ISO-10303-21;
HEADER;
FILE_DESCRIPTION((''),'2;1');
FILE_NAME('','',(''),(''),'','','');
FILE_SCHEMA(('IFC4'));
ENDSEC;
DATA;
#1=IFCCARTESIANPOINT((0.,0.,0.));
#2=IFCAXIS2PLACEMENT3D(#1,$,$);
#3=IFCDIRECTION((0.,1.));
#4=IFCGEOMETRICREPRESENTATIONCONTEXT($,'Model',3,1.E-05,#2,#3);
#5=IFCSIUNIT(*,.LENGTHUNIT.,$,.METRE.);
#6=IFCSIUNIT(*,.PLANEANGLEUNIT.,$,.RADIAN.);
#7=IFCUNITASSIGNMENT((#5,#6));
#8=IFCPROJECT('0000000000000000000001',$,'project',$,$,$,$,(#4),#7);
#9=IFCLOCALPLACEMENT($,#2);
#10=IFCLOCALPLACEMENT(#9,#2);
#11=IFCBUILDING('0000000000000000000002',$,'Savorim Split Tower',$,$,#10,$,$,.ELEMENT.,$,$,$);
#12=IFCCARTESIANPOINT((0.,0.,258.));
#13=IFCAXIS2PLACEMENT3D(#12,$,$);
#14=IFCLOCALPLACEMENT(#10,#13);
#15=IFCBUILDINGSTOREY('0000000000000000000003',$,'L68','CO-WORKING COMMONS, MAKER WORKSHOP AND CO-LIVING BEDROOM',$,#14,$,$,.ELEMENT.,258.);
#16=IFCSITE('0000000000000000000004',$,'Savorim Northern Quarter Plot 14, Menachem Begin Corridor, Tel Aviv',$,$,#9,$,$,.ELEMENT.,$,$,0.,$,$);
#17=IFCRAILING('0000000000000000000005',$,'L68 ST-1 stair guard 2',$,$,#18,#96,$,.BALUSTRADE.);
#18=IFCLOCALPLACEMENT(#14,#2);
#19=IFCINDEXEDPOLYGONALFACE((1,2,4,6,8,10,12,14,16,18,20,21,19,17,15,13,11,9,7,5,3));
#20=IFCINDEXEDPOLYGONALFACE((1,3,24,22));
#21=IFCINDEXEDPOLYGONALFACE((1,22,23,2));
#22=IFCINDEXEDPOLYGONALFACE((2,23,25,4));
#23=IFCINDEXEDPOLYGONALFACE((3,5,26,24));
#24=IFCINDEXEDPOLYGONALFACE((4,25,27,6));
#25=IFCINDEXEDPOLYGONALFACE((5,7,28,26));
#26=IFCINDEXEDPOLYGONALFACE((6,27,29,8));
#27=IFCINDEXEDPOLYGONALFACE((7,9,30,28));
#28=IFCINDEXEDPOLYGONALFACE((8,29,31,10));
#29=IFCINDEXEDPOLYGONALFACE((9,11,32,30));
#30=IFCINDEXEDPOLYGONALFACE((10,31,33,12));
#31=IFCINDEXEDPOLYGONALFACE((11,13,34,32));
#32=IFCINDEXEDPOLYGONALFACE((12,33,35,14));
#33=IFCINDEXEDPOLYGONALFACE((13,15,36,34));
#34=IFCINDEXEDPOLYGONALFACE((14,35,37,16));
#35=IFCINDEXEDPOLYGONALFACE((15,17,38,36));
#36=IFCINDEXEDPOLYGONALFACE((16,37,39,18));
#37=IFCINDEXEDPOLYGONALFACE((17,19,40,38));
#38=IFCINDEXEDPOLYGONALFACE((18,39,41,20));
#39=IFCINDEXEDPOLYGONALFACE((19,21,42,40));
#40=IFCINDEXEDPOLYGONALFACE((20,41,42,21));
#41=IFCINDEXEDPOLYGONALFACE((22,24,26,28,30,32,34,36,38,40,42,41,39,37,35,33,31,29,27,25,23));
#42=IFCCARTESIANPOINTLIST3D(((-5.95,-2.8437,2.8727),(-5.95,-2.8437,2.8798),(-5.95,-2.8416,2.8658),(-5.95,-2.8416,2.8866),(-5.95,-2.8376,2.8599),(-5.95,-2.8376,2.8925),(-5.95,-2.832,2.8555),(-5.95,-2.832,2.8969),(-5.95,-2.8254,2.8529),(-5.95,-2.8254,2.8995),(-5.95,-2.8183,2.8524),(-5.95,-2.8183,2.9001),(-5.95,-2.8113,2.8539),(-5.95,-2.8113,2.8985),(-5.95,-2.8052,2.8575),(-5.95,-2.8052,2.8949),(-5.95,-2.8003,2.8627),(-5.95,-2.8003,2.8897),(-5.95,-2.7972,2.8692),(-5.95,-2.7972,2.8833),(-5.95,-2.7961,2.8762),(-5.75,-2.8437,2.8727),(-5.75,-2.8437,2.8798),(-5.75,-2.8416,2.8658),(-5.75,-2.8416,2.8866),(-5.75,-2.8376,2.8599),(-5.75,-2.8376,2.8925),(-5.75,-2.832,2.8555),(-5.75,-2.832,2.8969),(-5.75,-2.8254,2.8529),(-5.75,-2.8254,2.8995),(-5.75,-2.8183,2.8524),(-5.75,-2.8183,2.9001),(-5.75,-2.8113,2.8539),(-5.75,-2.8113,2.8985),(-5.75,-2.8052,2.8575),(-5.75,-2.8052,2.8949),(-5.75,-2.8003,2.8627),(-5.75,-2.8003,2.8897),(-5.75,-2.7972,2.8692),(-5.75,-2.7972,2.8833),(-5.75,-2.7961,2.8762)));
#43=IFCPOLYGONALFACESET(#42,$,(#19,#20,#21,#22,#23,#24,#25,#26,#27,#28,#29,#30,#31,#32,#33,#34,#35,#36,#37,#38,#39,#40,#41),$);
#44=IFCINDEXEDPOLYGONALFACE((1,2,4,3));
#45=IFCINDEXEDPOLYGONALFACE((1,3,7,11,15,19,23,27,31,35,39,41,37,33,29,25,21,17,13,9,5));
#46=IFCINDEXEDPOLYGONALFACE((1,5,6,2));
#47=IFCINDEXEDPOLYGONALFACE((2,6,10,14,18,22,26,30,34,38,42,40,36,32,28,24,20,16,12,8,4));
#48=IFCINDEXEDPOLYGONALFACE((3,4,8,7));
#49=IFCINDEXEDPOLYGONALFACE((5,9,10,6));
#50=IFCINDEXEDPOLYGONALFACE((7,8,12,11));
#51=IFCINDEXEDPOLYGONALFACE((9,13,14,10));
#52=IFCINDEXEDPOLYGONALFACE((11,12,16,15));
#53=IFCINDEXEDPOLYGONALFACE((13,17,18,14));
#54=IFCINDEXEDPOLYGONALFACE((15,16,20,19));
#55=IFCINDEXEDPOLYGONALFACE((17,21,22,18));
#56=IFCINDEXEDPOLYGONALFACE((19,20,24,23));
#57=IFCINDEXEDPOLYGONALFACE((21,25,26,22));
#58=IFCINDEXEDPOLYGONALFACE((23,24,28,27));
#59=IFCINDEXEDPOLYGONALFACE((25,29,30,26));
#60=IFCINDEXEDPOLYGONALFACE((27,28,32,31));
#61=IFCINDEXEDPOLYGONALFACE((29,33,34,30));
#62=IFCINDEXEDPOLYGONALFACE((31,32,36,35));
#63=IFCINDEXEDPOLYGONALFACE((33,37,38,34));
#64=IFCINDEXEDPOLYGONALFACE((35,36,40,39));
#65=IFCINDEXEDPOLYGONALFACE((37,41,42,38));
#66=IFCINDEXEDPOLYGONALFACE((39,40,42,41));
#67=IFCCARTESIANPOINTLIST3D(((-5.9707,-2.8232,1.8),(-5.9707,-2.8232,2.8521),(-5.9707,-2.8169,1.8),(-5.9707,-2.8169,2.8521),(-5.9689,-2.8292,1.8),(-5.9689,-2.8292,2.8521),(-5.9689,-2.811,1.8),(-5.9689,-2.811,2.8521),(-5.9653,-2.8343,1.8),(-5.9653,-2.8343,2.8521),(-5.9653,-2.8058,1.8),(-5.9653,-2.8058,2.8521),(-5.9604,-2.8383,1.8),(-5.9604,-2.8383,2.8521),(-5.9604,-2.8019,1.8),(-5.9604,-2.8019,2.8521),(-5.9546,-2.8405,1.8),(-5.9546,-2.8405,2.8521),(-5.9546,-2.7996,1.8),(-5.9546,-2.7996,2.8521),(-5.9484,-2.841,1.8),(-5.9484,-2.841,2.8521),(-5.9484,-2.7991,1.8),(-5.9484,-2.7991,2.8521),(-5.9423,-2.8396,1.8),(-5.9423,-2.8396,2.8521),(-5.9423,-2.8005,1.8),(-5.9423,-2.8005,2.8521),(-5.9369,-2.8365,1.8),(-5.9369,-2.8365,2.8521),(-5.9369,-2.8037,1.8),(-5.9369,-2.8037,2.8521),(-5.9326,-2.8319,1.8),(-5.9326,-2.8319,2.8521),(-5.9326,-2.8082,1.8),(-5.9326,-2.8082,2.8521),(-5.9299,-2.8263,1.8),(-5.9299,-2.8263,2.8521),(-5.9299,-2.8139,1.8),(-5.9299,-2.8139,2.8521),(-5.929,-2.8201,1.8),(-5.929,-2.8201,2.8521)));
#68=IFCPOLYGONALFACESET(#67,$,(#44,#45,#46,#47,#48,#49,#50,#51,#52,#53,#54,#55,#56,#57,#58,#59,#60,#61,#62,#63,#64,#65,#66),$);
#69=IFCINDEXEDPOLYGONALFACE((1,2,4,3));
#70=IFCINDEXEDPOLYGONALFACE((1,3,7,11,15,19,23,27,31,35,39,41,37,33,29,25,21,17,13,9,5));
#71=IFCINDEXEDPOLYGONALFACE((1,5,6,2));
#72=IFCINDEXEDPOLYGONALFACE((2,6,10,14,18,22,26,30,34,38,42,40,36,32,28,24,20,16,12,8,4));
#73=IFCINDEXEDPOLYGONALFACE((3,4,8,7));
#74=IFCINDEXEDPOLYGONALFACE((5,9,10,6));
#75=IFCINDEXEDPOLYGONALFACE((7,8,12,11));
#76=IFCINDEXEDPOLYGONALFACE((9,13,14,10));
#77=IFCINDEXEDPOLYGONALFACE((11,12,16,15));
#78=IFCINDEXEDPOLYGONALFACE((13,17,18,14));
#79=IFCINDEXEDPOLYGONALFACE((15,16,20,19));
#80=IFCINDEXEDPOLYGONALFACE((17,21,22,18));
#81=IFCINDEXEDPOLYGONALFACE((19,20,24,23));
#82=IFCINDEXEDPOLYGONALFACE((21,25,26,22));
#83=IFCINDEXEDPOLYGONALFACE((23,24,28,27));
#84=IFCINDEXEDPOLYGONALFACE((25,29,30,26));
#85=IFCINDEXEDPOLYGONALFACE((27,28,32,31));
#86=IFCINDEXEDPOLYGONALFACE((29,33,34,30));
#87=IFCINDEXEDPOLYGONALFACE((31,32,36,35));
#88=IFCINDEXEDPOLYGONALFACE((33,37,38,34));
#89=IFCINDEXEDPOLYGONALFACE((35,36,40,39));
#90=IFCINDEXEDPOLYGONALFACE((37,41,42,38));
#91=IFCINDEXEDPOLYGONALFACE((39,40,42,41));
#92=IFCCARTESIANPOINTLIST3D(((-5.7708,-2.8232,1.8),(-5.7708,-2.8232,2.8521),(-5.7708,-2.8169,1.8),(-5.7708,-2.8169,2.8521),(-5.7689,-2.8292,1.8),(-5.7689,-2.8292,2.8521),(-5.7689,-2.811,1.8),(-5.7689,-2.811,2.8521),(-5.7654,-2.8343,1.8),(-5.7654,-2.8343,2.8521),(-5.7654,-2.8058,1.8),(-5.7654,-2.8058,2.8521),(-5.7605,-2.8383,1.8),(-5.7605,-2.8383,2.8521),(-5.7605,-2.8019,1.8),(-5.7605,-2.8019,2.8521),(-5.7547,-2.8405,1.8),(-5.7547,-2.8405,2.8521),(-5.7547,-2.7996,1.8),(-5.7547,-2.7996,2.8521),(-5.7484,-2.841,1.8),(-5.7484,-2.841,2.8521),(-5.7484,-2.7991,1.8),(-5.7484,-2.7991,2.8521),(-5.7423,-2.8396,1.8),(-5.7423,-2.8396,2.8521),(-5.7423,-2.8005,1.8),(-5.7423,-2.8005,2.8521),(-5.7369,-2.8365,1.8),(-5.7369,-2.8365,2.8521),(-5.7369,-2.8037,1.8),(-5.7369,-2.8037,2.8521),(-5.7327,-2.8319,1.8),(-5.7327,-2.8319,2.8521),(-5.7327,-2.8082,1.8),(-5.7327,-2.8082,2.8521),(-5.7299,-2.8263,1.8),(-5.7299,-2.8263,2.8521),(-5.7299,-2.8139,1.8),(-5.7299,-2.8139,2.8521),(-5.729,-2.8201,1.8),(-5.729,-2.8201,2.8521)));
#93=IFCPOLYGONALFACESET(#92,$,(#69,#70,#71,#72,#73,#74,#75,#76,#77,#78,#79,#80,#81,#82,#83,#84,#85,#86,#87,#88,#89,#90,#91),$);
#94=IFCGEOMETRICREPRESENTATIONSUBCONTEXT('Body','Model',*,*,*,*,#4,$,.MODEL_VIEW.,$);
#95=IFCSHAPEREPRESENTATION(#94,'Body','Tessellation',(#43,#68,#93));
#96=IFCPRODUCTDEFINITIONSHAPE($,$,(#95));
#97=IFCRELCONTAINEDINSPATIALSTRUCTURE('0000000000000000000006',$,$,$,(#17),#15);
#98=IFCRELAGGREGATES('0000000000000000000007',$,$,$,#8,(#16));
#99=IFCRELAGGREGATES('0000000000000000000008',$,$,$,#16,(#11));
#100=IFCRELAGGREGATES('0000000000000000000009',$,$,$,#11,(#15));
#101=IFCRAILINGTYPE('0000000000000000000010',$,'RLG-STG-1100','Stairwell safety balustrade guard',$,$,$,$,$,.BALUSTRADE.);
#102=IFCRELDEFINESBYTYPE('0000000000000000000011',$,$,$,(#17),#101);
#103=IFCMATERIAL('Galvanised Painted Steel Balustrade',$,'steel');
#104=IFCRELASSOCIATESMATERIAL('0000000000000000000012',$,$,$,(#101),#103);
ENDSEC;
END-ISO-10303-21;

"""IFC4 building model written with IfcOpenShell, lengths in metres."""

from ifc_helpers import new_model, si_unit, direction, frame, origin, origin_2d, place, context, subcontext, project, spatial, circle, extrude, material, type_object, element, save


model = new_model("IFC4")

# Units and contexts
model_context = context("Model", 3, precision=1e-05, world=origin(), true_north=direction((0.0, 1.0)))
body_context = subcontext(model_context, "Body", "Model", "MODEL_VIEW")
ifc_project = project(units=[si_unit("LENGTHUNIT", "METRE"), si_unit("PLANEANGLEUNIT", "RADIAN")], contexts=[model_context])

# Site, building, storey
site_placement = place(None, origin())
site = spatial("IfcSite", under=ifc_project, at=site_placement, Name="Savorim Northern Quarter Plot 14, Menachem Begin Corridor, Tel Aviv", CompositionType="ELEMENT", RefElevation=0.0)
building_placement = place(site_placement, origin())
building = spatial("IfcBuilding", under=site, at=building_placement, Name="Savorim Split Tower", CompositionType="ELEMENT")
storey_placement = place(building_placement, frame((0.0, 0.0, 258.0)))
storey = spatial("IfcBuildingStorey", under=building, at=storey_placement, Name="L68", Description="CO-WORKING COMMONS, MAKER WORKSHOP AND CO-LIVING BEDROOM", CompositionType="ELEMENT", Elevation=258.0)

# Railing
ifc_material_1 = material(Name="Galvanised Painted Steel Balustrade", Category="steel")
railing_type_1 = type_object("IfcRailingType", Name="RLG-STG-1100", Description="Stairwell safety balustrade guard", PredefinedType="BALUSTRADE", material=ifc_material_1)
railing_1_placement = place(storey_placement, frame((-5.95, -2.8201, 1.8)))
element("IfcRailing", 1, at=railing_1_placement, inside=storey, type_object=railing_type_1, Name="L68 ST-1 stair guard 2", PredefinedType="BALUSTRADE", context=body_context, shape_type="SweptSolid", body=[
    extrude(circle(Radius=0.0239, at=origin_2d()), frame((0.0, 0.0, 1.0762), z_axis=(1.0, 0.0, 0.0), x_axis=(0.0, 1.0, 0.0)), (0.0, 0.0, 1.0), 0.2),
    extrude(circle(Radius=0.021, at=origin_2d()), origin(), (0.0, 0.0, 1.0), 1.052),
    extrude(circle(Radius=0.021, at=origin_2d()), frame((0.2, 0.0, 0.0)), (0.0, 0.0, 1.0), 1.052),
])

save(model, "model.ifc")
